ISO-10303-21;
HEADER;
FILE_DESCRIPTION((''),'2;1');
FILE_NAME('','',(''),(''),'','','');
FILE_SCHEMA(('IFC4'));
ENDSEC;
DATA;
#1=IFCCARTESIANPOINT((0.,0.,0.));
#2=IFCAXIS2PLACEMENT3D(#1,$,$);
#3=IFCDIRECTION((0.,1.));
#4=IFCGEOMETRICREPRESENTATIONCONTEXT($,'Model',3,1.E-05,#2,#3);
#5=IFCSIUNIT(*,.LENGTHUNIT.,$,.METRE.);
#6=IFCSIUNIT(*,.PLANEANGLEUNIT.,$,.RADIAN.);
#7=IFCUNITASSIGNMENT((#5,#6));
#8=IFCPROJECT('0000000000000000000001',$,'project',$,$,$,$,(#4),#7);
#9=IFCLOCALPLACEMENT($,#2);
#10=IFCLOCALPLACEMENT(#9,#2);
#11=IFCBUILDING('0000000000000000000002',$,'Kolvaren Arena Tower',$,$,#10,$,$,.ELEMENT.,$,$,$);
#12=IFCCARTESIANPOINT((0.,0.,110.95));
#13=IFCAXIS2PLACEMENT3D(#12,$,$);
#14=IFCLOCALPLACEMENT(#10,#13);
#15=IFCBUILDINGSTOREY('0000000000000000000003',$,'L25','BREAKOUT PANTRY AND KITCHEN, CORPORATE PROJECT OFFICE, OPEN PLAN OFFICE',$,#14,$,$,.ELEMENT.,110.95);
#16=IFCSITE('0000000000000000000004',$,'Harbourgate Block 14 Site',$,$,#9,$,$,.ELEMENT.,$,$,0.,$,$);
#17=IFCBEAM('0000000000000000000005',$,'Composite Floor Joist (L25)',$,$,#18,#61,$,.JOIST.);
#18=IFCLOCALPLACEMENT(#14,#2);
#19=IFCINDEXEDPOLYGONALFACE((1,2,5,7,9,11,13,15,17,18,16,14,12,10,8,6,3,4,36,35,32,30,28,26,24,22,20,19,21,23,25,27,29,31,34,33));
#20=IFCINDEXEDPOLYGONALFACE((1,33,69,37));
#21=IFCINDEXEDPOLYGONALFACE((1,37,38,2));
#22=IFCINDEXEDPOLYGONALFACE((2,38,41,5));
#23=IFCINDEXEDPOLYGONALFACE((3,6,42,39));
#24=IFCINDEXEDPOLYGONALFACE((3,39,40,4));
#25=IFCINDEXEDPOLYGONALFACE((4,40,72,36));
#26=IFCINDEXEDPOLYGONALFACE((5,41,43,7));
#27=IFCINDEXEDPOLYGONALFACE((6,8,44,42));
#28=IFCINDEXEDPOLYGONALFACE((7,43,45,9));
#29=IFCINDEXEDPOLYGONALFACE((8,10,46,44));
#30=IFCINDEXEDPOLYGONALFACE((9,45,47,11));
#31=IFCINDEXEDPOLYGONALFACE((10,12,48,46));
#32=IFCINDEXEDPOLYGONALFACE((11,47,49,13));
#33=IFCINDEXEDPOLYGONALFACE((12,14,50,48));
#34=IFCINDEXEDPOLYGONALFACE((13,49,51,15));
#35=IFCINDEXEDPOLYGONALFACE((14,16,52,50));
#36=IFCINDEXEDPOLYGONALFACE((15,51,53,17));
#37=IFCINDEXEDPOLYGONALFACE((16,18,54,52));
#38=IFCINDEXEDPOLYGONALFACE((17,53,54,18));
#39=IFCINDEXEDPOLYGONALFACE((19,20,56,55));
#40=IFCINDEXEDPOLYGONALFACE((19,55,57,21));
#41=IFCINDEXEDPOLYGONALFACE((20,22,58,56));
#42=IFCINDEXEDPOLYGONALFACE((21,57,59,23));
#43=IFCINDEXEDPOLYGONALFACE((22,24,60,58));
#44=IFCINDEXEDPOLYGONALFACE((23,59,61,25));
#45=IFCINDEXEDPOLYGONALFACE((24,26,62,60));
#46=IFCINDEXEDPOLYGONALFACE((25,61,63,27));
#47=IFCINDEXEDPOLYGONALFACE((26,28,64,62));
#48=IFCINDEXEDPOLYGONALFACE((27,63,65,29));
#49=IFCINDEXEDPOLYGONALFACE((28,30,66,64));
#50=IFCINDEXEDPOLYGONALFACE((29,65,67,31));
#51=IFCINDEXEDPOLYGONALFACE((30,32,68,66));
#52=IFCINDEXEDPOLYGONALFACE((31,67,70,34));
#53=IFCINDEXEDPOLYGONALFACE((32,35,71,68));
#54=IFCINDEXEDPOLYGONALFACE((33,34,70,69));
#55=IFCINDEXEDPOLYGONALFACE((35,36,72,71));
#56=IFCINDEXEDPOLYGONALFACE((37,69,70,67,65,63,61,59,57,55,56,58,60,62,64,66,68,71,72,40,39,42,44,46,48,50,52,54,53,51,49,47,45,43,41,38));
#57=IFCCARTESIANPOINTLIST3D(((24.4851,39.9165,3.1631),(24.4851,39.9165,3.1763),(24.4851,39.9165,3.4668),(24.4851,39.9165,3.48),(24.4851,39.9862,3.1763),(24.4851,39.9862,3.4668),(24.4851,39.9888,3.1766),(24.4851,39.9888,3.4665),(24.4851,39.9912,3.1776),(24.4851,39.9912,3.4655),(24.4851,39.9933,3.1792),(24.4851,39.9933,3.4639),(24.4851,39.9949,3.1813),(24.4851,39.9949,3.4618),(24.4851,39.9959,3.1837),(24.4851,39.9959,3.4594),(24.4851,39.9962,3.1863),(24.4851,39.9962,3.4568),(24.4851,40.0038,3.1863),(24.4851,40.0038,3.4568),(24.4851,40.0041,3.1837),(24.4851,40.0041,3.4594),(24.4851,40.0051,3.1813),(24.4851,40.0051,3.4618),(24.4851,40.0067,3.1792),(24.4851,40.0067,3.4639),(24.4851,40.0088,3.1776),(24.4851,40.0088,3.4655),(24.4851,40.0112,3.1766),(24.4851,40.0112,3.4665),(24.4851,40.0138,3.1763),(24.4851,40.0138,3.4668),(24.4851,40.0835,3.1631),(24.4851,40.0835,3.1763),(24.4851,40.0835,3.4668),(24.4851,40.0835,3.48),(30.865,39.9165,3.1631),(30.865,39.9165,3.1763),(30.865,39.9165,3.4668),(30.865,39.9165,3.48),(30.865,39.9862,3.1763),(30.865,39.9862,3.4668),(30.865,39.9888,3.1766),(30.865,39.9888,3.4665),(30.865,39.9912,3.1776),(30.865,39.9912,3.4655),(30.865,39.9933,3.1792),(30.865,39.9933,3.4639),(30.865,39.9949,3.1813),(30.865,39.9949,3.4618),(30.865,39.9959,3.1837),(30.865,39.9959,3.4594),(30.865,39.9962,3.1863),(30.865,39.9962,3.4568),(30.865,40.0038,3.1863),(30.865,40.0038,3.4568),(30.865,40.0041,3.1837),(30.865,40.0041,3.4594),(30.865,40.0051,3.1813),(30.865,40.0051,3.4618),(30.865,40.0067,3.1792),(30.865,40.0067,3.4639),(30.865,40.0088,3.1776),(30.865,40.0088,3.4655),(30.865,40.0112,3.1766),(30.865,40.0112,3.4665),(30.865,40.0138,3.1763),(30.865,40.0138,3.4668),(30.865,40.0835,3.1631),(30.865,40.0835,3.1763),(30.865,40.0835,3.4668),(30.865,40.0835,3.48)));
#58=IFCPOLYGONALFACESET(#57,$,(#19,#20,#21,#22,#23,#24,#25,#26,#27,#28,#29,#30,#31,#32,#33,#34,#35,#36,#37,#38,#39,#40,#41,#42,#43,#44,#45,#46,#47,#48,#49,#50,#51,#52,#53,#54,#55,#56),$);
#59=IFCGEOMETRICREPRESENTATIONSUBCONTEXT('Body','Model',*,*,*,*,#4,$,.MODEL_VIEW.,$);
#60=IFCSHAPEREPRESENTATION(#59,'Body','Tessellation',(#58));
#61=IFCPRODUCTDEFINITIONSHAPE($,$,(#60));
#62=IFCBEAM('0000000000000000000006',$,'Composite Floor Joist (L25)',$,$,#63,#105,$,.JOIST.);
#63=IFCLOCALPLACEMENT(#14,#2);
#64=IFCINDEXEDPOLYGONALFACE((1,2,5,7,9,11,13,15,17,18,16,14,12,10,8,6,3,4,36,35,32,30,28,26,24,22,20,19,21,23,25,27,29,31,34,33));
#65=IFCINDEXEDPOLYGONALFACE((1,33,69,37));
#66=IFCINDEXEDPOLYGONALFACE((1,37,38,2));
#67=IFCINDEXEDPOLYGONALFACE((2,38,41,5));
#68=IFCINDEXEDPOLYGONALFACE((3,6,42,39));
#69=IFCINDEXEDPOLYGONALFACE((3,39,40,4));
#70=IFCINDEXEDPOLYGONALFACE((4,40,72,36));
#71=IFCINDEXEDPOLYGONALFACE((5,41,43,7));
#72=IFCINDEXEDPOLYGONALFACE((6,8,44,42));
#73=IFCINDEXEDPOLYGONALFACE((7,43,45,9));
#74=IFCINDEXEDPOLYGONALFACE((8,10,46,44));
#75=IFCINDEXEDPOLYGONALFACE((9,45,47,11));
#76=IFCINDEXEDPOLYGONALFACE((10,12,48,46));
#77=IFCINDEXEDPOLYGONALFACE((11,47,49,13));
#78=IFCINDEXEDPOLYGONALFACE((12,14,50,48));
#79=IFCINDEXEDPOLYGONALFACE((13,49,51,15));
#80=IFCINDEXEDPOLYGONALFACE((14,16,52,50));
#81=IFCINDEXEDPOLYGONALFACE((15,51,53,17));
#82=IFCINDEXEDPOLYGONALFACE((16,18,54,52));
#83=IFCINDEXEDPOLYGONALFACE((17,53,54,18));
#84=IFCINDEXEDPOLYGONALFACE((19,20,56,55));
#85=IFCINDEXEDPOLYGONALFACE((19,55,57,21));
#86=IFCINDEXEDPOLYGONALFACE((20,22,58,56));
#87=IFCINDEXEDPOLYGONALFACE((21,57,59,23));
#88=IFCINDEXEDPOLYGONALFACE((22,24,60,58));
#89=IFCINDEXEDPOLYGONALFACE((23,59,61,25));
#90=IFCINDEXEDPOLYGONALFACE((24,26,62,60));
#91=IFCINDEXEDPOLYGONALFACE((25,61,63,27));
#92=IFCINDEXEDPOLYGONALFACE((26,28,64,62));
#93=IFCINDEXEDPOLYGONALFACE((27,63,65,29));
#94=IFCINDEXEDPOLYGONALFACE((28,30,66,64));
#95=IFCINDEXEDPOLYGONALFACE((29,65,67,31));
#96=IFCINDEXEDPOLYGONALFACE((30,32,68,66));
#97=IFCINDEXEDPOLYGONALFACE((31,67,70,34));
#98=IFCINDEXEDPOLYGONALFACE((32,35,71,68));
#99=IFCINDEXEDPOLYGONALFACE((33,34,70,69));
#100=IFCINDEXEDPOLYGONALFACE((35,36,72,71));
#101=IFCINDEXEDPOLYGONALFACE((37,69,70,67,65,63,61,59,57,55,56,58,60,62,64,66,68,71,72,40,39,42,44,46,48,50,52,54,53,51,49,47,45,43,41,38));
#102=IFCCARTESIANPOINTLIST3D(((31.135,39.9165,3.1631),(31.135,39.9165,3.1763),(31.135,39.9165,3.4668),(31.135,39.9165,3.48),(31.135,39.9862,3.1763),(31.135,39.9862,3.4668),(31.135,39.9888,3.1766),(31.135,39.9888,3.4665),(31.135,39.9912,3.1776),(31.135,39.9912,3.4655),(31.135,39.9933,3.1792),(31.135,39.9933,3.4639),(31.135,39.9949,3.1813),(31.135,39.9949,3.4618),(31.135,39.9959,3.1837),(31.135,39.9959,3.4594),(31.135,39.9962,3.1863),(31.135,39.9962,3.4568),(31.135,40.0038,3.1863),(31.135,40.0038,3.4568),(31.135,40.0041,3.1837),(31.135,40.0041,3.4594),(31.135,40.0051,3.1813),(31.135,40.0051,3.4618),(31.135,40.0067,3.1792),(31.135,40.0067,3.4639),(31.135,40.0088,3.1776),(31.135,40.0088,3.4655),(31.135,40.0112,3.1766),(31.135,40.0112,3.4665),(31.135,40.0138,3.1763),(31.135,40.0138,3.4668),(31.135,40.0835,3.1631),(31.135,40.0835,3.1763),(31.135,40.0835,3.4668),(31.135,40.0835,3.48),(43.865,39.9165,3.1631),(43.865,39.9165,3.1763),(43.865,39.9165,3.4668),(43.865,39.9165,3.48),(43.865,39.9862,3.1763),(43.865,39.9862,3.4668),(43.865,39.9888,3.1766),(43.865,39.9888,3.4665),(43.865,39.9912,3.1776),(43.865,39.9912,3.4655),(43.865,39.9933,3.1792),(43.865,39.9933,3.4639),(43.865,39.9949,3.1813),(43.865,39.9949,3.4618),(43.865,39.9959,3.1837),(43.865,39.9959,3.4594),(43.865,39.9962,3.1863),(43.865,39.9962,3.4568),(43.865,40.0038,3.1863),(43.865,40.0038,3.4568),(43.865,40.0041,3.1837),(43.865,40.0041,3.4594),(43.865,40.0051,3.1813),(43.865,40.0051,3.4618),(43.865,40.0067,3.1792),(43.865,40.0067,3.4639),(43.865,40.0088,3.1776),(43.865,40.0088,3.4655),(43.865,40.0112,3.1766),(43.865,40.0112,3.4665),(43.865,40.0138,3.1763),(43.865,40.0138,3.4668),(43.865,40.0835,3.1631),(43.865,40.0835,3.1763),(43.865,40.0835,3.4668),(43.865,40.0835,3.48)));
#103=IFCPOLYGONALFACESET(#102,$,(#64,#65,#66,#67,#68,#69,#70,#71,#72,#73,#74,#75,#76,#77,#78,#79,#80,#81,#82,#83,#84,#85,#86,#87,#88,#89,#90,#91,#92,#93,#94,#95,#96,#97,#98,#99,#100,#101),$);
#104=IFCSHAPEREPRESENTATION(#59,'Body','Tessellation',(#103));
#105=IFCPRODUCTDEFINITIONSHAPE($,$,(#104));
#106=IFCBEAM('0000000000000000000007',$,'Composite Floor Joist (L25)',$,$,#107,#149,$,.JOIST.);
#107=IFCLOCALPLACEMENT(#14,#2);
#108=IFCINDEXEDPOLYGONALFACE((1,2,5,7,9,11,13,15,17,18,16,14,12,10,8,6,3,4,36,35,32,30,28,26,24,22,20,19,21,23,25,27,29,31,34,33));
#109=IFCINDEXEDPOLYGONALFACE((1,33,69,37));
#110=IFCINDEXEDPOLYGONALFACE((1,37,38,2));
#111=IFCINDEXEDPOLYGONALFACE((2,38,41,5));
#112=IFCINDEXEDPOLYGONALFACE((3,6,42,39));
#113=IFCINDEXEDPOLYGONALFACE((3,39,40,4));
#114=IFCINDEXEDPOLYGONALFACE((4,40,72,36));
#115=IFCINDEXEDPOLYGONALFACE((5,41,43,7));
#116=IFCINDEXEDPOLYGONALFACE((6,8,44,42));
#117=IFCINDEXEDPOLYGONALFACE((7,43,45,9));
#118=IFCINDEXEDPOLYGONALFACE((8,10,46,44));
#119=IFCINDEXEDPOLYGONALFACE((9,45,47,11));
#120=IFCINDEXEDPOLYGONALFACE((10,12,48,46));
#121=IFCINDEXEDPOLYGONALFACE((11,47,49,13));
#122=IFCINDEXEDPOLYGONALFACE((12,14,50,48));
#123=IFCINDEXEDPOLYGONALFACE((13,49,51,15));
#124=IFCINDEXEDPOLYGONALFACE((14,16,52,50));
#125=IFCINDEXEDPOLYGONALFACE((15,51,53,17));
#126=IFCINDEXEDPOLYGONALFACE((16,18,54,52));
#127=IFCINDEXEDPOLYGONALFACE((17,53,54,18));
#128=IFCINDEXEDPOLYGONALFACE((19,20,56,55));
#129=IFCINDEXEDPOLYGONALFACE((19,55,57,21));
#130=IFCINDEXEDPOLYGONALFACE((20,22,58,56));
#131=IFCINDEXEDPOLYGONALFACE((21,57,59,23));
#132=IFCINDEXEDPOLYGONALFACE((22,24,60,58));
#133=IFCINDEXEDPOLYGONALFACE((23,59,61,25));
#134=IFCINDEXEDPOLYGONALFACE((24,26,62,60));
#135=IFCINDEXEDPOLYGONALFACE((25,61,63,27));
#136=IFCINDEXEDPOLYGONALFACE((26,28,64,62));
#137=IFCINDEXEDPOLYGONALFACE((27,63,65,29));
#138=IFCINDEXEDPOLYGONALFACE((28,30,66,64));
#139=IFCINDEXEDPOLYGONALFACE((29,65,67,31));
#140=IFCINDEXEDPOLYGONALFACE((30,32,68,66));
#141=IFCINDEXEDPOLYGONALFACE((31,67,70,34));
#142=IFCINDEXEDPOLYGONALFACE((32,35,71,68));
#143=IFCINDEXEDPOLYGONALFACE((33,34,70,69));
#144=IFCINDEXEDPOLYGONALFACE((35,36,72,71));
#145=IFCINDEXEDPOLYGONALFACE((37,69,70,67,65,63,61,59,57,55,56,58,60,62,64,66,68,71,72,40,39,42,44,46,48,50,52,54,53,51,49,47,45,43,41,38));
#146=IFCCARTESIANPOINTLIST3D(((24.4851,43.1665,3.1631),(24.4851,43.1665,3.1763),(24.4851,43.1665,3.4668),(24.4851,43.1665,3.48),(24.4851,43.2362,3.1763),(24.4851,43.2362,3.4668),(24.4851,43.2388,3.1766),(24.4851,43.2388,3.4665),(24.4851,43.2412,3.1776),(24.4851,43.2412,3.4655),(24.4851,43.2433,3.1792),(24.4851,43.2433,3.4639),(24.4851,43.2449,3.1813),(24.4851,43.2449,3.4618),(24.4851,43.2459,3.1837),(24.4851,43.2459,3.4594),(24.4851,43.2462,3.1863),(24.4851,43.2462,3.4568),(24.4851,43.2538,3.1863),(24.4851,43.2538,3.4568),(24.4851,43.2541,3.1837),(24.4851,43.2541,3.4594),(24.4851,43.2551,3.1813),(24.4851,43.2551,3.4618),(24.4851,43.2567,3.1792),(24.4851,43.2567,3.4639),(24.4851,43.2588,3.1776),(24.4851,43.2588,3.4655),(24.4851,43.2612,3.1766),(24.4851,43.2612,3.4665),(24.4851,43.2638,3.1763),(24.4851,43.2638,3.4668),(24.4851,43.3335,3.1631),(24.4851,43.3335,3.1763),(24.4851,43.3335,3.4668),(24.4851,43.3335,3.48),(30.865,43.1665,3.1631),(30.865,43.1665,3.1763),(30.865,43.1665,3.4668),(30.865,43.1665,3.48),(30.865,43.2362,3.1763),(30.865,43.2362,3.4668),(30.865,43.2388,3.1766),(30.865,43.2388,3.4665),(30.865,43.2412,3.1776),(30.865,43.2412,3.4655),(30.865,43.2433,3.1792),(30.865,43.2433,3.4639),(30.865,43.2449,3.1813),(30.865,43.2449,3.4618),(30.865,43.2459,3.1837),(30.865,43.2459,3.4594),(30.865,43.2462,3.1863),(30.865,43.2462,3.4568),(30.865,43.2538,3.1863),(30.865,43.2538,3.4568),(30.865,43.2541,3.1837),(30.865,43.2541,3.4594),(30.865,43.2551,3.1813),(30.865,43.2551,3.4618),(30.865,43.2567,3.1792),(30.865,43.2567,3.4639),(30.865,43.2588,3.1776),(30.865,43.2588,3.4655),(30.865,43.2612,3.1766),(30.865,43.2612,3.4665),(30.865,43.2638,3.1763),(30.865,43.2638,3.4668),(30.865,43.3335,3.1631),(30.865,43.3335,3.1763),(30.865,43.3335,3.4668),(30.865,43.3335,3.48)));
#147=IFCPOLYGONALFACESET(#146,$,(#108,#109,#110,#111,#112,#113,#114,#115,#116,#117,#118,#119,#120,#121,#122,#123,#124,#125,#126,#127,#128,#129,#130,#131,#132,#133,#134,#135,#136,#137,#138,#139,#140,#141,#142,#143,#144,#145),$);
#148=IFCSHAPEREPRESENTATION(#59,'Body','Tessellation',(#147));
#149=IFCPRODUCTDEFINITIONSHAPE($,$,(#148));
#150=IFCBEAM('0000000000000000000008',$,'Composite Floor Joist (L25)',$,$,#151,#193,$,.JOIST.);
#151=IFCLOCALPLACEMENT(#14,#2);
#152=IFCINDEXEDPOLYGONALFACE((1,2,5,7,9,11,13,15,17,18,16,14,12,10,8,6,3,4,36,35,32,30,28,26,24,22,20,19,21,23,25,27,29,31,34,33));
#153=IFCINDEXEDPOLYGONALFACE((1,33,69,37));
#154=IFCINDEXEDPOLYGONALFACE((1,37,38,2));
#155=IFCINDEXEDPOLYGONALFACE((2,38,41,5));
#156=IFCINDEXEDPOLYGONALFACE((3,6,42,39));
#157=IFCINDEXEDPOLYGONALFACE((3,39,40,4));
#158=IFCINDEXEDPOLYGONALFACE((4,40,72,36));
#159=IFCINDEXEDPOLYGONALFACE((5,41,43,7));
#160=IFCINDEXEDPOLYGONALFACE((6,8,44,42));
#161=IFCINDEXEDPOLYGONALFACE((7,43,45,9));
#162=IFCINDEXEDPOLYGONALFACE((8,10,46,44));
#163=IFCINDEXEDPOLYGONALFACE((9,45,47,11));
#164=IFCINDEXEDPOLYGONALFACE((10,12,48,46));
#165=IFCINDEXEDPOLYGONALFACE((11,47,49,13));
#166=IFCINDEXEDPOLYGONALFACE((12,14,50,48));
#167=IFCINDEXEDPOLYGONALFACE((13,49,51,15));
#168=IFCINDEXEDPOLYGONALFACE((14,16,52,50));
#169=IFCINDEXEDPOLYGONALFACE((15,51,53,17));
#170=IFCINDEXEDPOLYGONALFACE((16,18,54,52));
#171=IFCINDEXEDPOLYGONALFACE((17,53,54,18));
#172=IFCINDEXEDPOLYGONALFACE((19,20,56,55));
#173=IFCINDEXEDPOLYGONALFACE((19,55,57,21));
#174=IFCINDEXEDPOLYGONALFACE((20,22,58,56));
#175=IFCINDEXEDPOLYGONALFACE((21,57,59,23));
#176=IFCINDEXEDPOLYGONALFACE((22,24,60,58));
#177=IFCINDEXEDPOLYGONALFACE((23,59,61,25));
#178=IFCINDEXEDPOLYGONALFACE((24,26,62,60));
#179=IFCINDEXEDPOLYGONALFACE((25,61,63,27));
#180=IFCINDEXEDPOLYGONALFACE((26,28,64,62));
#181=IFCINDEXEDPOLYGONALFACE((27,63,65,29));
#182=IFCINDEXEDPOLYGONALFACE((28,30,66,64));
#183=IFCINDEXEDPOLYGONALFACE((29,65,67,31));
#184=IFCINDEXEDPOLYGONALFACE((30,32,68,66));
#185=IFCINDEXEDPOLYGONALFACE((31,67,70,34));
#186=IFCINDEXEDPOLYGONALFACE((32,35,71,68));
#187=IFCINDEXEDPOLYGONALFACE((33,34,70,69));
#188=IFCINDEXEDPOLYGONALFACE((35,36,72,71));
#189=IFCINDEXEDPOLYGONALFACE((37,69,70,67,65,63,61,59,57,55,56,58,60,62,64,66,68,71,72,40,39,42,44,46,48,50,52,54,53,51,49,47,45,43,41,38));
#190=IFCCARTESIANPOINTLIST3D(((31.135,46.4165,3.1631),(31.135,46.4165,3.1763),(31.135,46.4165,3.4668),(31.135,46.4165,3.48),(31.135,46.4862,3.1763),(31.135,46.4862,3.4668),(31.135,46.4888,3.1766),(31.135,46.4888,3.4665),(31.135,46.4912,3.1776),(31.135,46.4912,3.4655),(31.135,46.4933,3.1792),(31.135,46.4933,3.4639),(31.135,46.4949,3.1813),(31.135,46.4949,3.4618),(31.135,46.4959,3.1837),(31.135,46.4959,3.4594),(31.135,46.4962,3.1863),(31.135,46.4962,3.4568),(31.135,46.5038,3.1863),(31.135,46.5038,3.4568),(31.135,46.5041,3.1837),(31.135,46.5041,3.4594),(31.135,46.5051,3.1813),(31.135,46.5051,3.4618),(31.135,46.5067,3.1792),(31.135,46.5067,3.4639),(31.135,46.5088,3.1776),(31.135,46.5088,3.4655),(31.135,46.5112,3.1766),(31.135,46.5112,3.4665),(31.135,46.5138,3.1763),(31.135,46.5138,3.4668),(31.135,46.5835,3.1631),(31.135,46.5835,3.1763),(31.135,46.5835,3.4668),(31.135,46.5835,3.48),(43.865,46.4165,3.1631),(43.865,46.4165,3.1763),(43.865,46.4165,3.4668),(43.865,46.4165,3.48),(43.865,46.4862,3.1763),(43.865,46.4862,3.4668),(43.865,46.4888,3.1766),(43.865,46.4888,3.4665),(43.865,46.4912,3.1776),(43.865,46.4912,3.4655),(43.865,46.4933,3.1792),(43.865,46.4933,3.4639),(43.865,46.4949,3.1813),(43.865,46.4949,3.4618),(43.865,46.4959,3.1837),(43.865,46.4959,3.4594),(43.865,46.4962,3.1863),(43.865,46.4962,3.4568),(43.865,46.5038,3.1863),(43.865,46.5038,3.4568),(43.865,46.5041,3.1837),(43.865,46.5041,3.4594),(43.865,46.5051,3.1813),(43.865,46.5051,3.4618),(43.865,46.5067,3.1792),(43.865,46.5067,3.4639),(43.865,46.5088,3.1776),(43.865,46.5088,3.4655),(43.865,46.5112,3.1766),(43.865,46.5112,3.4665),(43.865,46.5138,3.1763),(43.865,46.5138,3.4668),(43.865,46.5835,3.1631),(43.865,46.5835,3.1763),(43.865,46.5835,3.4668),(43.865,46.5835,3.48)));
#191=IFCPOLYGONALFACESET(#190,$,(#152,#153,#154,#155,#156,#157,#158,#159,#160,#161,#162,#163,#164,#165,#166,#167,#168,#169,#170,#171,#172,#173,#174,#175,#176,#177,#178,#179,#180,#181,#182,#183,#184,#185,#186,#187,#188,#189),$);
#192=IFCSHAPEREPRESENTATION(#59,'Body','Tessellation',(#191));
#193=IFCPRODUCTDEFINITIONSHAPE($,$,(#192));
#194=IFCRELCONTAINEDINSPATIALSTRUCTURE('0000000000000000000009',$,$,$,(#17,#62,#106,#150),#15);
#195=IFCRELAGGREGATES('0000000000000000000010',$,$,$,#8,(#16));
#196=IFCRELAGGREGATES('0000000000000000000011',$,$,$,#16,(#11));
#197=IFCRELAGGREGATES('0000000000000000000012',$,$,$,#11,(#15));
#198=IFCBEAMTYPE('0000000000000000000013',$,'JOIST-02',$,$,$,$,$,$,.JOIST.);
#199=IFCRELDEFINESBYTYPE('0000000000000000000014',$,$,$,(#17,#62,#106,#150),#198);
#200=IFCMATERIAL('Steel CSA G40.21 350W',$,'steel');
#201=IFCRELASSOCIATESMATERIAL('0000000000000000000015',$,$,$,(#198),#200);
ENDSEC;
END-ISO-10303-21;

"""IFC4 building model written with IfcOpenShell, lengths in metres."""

from ifc_helpers import new_model, si_unit, direction, frame, origin, origin_2d, place, context, subcontext, project, spatial, i_section, extrude, material, material_profile, profile_set, type_object, element, save


model = new_model("IFC4")

# Units and contexts
model_context = context("Model", 3, precision=1e-05, world=origin(), true_north=direction((0.0, 1.0)))
body_context = subcontext(model_context, "Body", "Model", "MODEL_VIEW")
ifc_project = project(units=[si_unit("LENGTHUNIT", "METRE"), si_unit("PLANEANGLEUNIT", "RADIAN")], contexts=[model_context])

# Site, building, storey
site_placement = place(None, origin())
site = spatial("IfcSite", under=ifc_project, at=site_placement, Name="Harbourgate Block 14 Site", CompositionType="ELEMENT", RefElevation=0.0)
building_placement = place(site_placement, origin())
building = spatial("IfcBuilding", under=site, at=building_placement, Name="Kolvaren Arena Tower", CompositionType="ELEMENT")
storey_placement = place(building_placement, frame((0.0, 0.0, 110.95)))
storey = spatial("IfcBuildingStorey", under=building, at=storey_placement, Name="L25", Description="BREAKOUT PANTRY AND KITCHEN, CORPORATE PROJECT OFFICE, OPEN PLAN OFFICE", CompositionType="ELEMENT", Elevation=110.95)

# Beams
ifc_material_1 = material(Name="Steel CSA G40.21 350W", Category="steel")
ifc_material_profile_1 = material_profile(ifc_material_1, i_section(OverallWidth=0.167, OverallDepth=0.3169, WebThickness=0.0076, FlangeThickness=0.0132, FilletRadius=0.01, at=origin_2d()), Name="W310x52")
ifc_profile_set_1 = profile_set([ifc_material_profile_1], Name="Steel CSA G40.21 350W")
beam_type_1 = type_object("IfcBeamType", Name="JOIST-02", PredefinedType="JOIST", material=ifc_profile_set_1)
beam_1_placement = place(storey_placement, frame((24.4851, 40.0, 3.3215), z_axis=(1.0, 0.0, 0.0), x_axis=(0.0, 1.0, 0.0)))
element("IfcBeam", 1, at=beam_1_placement, inside=storey, type_object=beam_type_1, Name="Composite Floor Joist (L25)", PredefinedType="JOIST", context=body_context, shape_type="SweptSolid", body=[
    extrude(i_section(OverallWidth=0.167, OverallDepth=0.3169, WebThickness=0.0076, FlangeThickness=0.0132, FilletRadius=0.01, at=origin_2d()), origin(), (0.0, 0.0, 1.0), 6.3799),
])
beam_2_placement = place(storey_placement, frame((31.135, 40.0, 3.3215), z_axis=(1.0, 0.0, 0.0), x_axis=(0.0, 1.0, 0.0)))
element("IfcBeam", 2, at=beam_2_placement, inside=storey, type_object=beam_type_1, Name="Composite Floor Joist (L25)", PredefinedType="JOIST", context=body_context, shape_type="SweptSolid", body=[
    extrude(i_section(OverallWidth=0.167, OverallDepth=0.3169, WebThickness=0.0076, FlangeThickness=0.0132, FilletRadius=0.01, at=origin_2d()), origin(), (0.0, 0.0, 1.0), 12.73),
])
beam_3_placement = place(storey_placement, frame((24.4851, 43.25, 3.3215), z_axis=(1.0, 0.0, 0.0), x_axis=(0.0, 1.0, 0.0)))
element("IfcBeam", 3, at=beam_3_placement, inside=storey, type_object=beam_type_1, Name="Composite Floor Joist (L25)", PredefinedType="JOIST", context=body_context, shape_type="SweptSolid", body=[
    extrude(i_section(OverallWidth=0.167, OverallDepth=0.3169, WebThickness=0.0076, FlangeThickness=0.0132, FilletRadius=0.01, at=origin_2d()), origin(), (0.0, 0.0, 1.0), 6.3799),
])
for number, where, z_axis, x_axis, name in (
    (4, (31.135, 46.5, 3.3215), (1.0, 0.0, 0.0), (0.0, 1.0, 0.0), "Composite Floor Joist (L25)"),
):
    element("IfcBeam", number, at=place(storey_placement, frame(where, z_axis=z_axis, x_axis=x_axis)), inside=storey, type_object=beam_type_1, Name=name, PredefinedType="JOIST", context=body_context, shape_type="SweptSolid", body=[
        extrude(i_section(OverallWidth=0.167, OverallDepth=0.3169, WebThickness=0.0076, FlangeThickness=0.0132, FilletRadius=0.01, at=origin_2d()), origin(), (0.0, 0.0, 1.0), 12.73),
    ])

save(model, "model.ifc")
